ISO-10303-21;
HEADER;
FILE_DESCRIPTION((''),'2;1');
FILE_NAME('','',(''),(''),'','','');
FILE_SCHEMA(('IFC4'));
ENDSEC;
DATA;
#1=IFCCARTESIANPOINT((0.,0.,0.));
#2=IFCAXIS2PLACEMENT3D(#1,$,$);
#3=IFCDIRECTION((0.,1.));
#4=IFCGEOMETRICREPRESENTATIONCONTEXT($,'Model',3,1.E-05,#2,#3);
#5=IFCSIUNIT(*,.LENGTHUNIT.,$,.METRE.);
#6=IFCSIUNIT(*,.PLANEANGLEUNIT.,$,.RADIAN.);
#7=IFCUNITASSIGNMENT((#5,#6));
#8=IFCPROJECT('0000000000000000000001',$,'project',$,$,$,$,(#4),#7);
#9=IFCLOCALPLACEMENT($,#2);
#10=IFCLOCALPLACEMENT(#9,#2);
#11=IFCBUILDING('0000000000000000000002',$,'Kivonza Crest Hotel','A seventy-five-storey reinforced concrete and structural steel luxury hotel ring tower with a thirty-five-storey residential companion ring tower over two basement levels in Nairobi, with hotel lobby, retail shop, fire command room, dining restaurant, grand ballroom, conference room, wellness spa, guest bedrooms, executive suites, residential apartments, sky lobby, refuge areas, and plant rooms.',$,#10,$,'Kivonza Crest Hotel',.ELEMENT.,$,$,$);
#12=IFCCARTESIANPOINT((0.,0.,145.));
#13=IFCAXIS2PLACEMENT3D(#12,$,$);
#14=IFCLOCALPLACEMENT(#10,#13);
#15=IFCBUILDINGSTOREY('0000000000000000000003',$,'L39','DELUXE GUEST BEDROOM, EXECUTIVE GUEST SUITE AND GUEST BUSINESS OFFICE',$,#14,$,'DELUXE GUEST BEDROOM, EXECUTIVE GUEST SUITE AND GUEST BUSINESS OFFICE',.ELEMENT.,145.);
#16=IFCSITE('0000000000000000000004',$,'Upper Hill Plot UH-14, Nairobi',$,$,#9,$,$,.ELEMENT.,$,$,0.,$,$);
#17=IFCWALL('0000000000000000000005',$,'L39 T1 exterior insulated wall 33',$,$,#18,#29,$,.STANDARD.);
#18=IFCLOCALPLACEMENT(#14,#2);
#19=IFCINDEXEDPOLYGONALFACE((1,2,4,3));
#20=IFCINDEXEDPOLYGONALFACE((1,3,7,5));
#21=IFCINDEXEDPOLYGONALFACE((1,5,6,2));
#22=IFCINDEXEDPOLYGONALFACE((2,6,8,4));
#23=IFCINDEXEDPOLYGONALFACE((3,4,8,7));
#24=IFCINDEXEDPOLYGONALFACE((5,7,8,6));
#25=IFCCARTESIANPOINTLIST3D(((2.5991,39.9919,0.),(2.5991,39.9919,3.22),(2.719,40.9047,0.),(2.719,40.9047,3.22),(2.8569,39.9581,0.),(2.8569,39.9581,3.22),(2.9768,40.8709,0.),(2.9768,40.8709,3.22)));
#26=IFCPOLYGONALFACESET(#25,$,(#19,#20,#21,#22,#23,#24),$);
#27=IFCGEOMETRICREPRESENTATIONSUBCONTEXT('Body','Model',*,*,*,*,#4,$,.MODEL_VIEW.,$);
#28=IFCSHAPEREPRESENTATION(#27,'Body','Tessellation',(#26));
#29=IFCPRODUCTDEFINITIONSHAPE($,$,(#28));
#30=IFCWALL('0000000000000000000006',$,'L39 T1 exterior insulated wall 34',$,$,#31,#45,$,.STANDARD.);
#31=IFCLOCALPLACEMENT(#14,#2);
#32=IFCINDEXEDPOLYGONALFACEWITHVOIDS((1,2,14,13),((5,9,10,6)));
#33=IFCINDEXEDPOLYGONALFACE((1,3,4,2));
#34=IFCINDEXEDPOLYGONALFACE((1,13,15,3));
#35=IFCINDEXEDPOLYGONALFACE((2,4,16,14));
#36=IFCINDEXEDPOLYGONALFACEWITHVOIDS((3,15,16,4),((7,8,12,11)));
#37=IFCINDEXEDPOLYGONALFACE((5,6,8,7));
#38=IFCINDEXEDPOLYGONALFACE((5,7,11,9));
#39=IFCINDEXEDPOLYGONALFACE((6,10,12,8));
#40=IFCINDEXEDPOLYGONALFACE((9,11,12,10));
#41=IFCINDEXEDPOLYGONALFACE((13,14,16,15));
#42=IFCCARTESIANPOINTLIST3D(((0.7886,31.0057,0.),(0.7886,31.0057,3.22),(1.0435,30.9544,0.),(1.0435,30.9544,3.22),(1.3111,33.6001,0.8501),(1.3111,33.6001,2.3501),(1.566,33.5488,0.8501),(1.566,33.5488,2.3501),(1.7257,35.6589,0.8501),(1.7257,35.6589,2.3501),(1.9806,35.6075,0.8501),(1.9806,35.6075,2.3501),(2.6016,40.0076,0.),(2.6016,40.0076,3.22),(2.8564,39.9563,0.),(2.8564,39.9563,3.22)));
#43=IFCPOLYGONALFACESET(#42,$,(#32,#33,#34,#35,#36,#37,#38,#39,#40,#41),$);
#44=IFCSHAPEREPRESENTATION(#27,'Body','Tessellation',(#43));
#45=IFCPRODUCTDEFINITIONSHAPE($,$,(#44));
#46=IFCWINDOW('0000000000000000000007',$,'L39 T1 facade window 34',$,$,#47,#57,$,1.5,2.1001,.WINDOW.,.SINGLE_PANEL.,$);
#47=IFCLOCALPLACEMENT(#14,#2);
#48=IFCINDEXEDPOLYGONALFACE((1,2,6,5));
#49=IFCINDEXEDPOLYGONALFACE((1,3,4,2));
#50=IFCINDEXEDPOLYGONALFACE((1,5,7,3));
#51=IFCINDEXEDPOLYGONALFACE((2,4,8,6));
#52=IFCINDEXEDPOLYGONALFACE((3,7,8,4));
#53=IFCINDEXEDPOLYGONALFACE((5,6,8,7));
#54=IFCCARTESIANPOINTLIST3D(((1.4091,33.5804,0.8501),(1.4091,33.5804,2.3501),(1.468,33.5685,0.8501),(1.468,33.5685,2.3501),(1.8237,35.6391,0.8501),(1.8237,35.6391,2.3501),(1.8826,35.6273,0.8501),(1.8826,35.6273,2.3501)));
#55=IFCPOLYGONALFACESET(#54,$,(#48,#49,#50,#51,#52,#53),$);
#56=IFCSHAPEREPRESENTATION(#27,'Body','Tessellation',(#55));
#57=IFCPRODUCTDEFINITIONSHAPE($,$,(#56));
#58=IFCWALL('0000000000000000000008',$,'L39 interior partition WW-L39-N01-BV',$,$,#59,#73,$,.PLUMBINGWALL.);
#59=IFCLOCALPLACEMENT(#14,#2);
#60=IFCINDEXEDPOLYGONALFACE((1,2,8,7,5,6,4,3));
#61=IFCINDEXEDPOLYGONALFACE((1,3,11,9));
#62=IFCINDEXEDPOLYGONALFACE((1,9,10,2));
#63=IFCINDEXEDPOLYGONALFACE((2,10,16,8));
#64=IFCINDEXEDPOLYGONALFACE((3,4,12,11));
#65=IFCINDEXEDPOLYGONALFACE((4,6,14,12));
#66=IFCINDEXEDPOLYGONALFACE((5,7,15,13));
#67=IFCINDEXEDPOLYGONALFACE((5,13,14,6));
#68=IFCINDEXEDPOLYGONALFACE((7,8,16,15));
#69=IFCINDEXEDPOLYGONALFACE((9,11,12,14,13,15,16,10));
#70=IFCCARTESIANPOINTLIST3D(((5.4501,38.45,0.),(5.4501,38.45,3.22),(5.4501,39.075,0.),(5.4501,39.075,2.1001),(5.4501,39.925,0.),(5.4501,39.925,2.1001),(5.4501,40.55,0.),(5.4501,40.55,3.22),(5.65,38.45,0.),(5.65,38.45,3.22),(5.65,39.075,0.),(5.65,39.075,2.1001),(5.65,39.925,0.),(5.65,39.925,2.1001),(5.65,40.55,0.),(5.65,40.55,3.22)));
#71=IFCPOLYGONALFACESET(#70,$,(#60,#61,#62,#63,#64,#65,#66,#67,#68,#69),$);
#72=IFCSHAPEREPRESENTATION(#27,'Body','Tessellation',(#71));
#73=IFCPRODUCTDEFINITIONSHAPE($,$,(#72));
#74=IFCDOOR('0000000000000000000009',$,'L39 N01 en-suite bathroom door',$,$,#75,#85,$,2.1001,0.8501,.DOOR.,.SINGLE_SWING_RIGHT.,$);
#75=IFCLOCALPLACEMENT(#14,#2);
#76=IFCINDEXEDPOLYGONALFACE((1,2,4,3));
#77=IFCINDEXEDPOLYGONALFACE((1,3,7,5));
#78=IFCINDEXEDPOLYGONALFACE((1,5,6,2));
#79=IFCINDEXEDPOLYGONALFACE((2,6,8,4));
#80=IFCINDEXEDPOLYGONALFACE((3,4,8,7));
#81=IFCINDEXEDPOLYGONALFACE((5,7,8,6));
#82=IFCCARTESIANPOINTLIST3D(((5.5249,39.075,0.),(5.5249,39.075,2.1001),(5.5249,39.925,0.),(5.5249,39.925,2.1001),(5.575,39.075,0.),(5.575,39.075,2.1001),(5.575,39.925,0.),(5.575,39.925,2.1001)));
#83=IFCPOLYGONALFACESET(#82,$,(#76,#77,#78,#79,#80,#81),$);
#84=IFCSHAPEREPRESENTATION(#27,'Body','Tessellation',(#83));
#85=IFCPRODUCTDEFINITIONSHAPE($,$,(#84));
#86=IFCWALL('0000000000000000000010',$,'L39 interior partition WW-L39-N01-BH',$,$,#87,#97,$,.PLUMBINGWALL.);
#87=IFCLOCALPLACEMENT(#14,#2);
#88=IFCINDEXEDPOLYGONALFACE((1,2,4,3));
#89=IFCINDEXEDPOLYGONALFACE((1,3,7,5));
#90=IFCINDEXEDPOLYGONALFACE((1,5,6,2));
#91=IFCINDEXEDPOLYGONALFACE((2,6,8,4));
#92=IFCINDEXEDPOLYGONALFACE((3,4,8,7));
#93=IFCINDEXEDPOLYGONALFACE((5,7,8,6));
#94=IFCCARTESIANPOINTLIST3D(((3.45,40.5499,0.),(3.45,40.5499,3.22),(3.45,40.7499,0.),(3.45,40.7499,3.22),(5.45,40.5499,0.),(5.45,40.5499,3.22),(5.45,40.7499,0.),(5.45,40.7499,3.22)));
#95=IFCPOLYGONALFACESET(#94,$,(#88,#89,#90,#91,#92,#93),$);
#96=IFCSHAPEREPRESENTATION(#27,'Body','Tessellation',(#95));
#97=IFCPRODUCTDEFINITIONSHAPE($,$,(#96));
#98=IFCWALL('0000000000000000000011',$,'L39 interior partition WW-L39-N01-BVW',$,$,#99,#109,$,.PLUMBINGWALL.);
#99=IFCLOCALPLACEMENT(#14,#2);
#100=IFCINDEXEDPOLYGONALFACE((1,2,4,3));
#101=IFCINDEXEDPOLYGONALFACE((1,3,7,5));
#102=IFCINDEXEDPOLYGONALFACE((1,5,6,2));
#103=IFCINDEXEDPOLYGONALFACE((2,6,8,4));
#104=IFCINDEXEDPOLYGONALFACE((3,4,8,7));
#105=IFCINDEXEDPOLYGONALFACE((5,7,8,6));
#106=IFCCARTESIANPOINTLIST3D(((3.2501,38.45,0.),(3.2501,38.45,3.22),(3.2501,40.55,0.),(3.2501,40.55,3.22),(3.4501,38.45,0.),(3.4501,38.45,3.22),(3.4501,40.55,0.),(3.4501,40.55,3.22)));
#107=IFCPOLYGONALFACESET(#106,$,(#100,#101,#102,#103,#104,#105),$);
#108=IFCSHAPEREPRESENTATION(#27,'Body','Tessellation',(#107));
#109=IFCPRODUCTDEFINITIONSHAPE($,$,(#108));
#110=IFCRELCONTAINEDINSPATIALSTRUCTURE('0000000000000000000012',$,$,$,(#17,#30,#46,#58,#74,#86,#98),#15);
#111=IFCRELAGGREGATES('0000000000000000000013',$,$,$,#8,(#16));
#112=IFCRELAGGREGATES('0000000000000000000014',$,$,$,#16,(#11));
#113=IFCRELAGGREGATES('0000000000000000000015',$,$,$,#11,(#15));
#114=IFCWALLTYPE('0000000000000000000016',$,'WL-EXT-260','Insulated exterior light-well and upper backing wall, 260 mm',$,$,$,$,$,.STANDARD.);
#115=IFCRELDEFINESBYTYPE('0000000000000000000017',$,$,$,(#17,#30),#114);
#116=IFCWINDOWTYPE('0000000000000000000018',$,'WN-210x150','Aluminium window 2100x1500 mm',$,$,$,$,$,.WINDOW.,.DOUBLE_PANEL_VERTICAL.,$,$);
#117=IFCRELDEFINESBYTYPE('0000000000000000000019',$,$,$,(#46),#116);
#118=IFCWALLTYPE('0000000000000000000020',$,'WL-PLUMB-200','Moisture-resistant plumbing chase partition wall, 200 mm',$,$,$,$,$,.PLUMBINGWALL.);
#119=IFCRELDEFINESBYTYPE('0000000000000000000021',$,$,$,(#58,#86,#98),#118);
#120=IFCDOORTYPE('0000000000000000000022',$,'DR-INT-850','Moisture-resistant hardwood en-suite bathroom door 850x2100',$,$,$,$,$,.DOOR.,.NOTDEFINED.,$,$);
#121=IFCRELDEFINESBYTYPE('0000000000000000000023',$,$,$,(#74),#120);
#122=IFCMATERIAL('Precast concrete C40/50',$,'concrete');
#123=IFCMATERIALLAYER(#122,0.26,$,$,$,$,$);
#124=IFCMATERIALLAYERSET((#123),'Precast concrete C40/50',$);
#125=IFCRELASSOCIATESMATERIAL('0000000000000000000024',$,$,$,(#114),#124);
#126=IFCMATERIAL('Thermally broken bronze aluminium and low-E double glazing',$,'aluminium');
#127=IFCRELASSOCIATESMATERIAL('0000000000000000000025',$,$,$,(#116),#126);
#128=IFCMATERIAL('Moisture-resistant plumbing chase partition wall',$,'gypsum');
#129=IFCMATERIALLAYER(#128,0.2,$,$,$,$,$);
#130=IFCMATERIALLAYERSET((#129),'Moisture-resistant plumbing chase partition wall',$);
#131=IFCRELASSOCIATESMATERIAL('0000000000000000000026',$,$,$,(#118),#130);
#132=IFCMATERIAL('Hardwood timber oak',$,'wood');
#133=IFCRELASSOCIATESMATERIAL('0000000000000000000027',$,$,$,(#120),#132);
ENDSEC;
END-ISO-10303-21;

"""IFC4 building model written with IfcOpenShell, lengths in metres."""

from ifc_helpers import new_model, si_unit, direction, frame, frame_2d, origin, place, context, subcontext, project, spatial, rectangle, extrude, material, layer, layer_set, type_object, element, fill, save


model = new_model("IFC4")

# Units and contexts
model_context = context("Model", 3, precision=1e-05, world=origin(), true_north=direction((0.0, 1.0)))
body_context = subcontext(model_context, "Body", "Model", "MODEL_VIEW")
ifc_project = project(units=[si_unit("LENGTHUNIT", "METRE"), si_unit("PLANEANGLEUNIT", "RADIAN")], contexts=[model_context])

# Site, building, storey
site_placement = place(None, origin())
site = spatial("IfcSite", under=ifc_project, at=site_placement, Name="Upper Hill Plot UH-14, Nairobi", CompositionType="ELEMENT", RefElevation=0.0)
building_placement = place(site_placement, origin())
building = spatial("IfcBuilding", under=site, at=building_placement, Name="Kivonza Crest Hotel", Description="A seventy-five-storey reinforced concrete and structural steel luxury hotel ring tower with a thirty-five-storey residential companion ring tower over two basement levels in Nairobi, with hotel lobby, retail shop, fire command room, dining restaurant, grand ballroom, conference room, wellness spa, guest bedrooms, executive suites, residential apartments, sky lobby, refuge areas, and plant rooms.", LongName="Kivonza Crest Hotel", CompositionType="ELEMENT")
storey_placement = place(building_placement, frame((0.0, 0.0, 145.0)))
storey = spatial("IfcBuildingStorey", under=building, at=storey_placement, Name="L39", Description="DELUXE GUEST BEDROOM, EXECUTIVE GUEST SUITE AND GUEST BUSINESS OFFICE", LongName="DELUXE GUEST BEDROOM, EXECUTIVE GUEST SUITE AND GUEST BUSINESS OFFICE", CompositionType="ELEMENT", Elevation=145.0)

# Shared definitions
ifc_material_1 = material(Name="Hardwood timber oak", Category="wood")

# Wall
ifc_material_2 = material(Name="Precast concrete C40/50", Category="concrete")
ifc_layer_1 = layer(ifc_material_2, 0.26)
ifc_layer_set_1 = layer_set([ifc_layer_1], Name="Precast concrete C40/50")
wall_type_1 = type_object("IfcWallType", Name="WL-EXT-260", Description="Insulated exterior light-well and upper backing wall, 260 mm", PredefinedType="STANDARD", material=ifc_layer_set_1)
wall_1_placement = place(storey_placement, frame((2.8479, 40.8879, 0.0), z_axis=(0.0, 0.0, 1.0), x_axis=(-0.130201, -0.991488, 0.0)))
element("IfcWall", 1, at=wall_1_placement, inside=storey, type_object=wall_type_1, Name="L39 T1 exterior insulated wall 33", PredefinedType="STANDARD", context=body_context, shape_type="SweptSolid", body=[
    extrude(rectangle(XDim=0.9207, YDim=0.26, at=frame_2d((0.4604, 0.0))), origin(), (0.0, 0.0, 1.0), 3.22),
])

# Wall, opening, window
wall_2_placement = place(storey_placement, frame((2.729, 39.9819, 0.0), z_axis=(0.0, 0.0, 1.0), x_axis=(-0.197435, -0.980316, 0.0)))
wall_2 = element("IfcWall", 2, at=wall_2_placement, inside=storey, type_object=wall_type_1, Name="L39 T1 exterior insulated wall 34", PredefinedType="STANDARD", context=body_context, shape_type="SweptSolid", body=[
    extrude(rectangle(XDim=9.1826, YDim=0.26, at=frame_2d((4.5913, 0.0))), origin(), (0.0, 0.0, 1.0), 3.22),
])
opening_1_placement = place(wall_2_placement, frame((4.436, 0.0, 0.8501)))
opening_1 = element("IfcOpeningElement", 3, at=opening_1_placement, cuts=wall_2, PredefinedType="OPENING", context=body_context, shape_type="SweptSolid", body=[
    extrude(rectangle(XDim=2.1001, YDim=1.5, at=frame_2d((1.05, 0.75))), frame((0.0, 0.1401, 0.0), z_axis=(0.0, -1.0, 0.0), x_axis=(1.0, 0.0, 0.0)), (0.0, 0.0, 1.0), 0.28),
])
ifc_material_3 = material(Name="Thermally broken bronze aluminium and low-E double glazing", Category="aluminium")
window_type = type_object("IfcWindowType", Name="WN-210x150", Description="Aluminium window 2100x1500 mm", PartitioningType="DOUBLE_PANEL_VERTICAL", PredefinedType="WINDOW", material=ifc_material_3)
window_placement = place(opening_1_placement, origin())
window = element("IfcWindow", 4, at=window_placement, inside=storey, type_object=window_type, Name="L39 T1 facade window 34", OverallHeight=1.5, OverallWidth=2.1001, PartitioningType="SINGLE_PANEL", PredefinedType="WINDOW", context=body_context, shape_type="SweptSolid", body=[
    extrude(rectangle(XDim=2.1001, YDim=1.5, at=frame_2d((1.05, 0.75))), frame((0.0, 0.03, 0.0), z_axis=(0.0, -1.0, 0.0), x_axis=(1.0, 0.0, 0.0)), (0.0, 0.0, 1.0), 0.0601),
])
fill(opening_1, window)

# Wall, opening, door
ifc_material_4 = material(Name="Moisture-resistant plumbing chase partition wall", Category="gypsum")
ifc_layer_2 = layer(ifc_material_4, 0.2)
ifc_layer_set_2 = layer_set([ifc_layer_2], Name="Moisture-resistant plumbing chase partition wall")
wall_type_2 = type_object("IfcWallType", Name="WL-PLUMB-200", Description="Moisture-resistant plumbing chase partition wall, 200 mm", PredefinedType="PLUMBINGWALL", material=ifc_layer_set_2)
wall_3_placement = place(storey_placement, frame((5.55, 38.45, 0.0), z_axis=(0.0, 0.0, 1.0), x_axis=(0.0, 1.0, 0.0)))
wall_3 = element("IfcWall", 5, at=wall_3_placement, inside=storey, type_object=wall_type_2, Name="L39 interior partition WW-L39-N01-BV", PredefinedType="PLUMBINGWALL", context=body_context, shape_type="SweptSolid", body=[
    extrude(rectangle(XDim=2.1001, YDim=0.2, at=frame_2d((1.05, 0.0))), origin(), (0.0, 0.0, 1.0), 3.22),
])
opening_2_placement = place(wall_3_placement, frame((0.625, 0.0, 0.0)))
opening_2 = element("IfcOpeningElement", 6, at=opening_2_placement, cuts=wall_3, PredefinedType="OPENING", context=body_context, shape_type="SweptSolid", body=[
    extrude(rectangle(XDim=0.8501, YDim=2.1001, at=frame_2d((0.425, 1.05))), frame((0.0, 0.1099, 0.0), z_axis=(0.0, -1.0, 0.0), x_axis=(1.0, 0.0, 0.0)), (0.0, 0.0, 1.0), 0.22),
])
door_type_1 = type_object("IfcDoorType", Name="DR-INT-850", Description="Moisture-resistant hardwood en-suite bathroom door 850x2100", OperationType="NOTDEFINED", PredefinedType="DOOR", material=ifc_material_1)
door_1_placement = place(opening_2_placement, frame((0.8501, 0.0, 0.0), z_axis=(0.0, 0.0, 1.0), x_axis=(-1.0, 0.0, 0.0)))
door_1 = element("IfcDoor", 7, at=door_1_placement, inside=storey, type_object=door_type_1, Name="L39 N01 en-suite bathroom door", OperationType="SINGLE_SWING_RIGHT", OverallHeight=2.1001, OverallWidth=0.8501, PredefinedType="DOOR", context=body_context, shape_type="SweptSolid", body=[
    extrude(rectangle(XDim=0.8501, YDim=2.1001, at=frame_2d((0.425, 1.05))), frame((0.0, 0.0249, 0.0), z_axis=(0.0, -1.0, 0.0), x_axis=(1.0, 0.0, 0.0)), (0.0, 0.0, 1.0), 0.05),
])
fill(opening_2, door_1)

# Walls
wall_4_placement = place(storey_placement, frame((3.45, 40.6499, 0.0), z_axis=(0.0, 0.0, 1.0), x_axis=(1.0, 0.0, 0.0)))
element("IfcWall", 8, at=wall_4_placement, inside=storey, type_object=wall_type_2, Name="L39 interior partition WW-L39-N01-BH", PredefinedType="PLUMBINGWALL", context=body_context, shape_type="SweptSolid", body=[
    extrude(rectangle(XDim=2.0, YDim=0.2, at=frame_2d((1.0, 0.0))), origin(), (0.0, 0.0, 1.0), 3.22),
])
wall_5_placement = place(storey_placement, frame((3.3501, 38.45, 0.0), z_axis=(0.0, 0.0, 1.0), x_axis=(0.0, 1.0, 0.0)))
element("IfcWall", 9, at=wall_5_placement, inside=storey, type_object=wall_type_2, Name="L39 interior partition WW-L39-N01-BVW", PredefinedType="PLUMBINGWALL", context=body_context, shape_type="SweptSolid", body=[
    extrude(rectangle(XDim=2.1001, YDim=0.2, at=frame_2d((1.05, 0.0))), origin(), (0.0, 0.0, 1.0), 3.22),
])

save(model, "model.ifc")
